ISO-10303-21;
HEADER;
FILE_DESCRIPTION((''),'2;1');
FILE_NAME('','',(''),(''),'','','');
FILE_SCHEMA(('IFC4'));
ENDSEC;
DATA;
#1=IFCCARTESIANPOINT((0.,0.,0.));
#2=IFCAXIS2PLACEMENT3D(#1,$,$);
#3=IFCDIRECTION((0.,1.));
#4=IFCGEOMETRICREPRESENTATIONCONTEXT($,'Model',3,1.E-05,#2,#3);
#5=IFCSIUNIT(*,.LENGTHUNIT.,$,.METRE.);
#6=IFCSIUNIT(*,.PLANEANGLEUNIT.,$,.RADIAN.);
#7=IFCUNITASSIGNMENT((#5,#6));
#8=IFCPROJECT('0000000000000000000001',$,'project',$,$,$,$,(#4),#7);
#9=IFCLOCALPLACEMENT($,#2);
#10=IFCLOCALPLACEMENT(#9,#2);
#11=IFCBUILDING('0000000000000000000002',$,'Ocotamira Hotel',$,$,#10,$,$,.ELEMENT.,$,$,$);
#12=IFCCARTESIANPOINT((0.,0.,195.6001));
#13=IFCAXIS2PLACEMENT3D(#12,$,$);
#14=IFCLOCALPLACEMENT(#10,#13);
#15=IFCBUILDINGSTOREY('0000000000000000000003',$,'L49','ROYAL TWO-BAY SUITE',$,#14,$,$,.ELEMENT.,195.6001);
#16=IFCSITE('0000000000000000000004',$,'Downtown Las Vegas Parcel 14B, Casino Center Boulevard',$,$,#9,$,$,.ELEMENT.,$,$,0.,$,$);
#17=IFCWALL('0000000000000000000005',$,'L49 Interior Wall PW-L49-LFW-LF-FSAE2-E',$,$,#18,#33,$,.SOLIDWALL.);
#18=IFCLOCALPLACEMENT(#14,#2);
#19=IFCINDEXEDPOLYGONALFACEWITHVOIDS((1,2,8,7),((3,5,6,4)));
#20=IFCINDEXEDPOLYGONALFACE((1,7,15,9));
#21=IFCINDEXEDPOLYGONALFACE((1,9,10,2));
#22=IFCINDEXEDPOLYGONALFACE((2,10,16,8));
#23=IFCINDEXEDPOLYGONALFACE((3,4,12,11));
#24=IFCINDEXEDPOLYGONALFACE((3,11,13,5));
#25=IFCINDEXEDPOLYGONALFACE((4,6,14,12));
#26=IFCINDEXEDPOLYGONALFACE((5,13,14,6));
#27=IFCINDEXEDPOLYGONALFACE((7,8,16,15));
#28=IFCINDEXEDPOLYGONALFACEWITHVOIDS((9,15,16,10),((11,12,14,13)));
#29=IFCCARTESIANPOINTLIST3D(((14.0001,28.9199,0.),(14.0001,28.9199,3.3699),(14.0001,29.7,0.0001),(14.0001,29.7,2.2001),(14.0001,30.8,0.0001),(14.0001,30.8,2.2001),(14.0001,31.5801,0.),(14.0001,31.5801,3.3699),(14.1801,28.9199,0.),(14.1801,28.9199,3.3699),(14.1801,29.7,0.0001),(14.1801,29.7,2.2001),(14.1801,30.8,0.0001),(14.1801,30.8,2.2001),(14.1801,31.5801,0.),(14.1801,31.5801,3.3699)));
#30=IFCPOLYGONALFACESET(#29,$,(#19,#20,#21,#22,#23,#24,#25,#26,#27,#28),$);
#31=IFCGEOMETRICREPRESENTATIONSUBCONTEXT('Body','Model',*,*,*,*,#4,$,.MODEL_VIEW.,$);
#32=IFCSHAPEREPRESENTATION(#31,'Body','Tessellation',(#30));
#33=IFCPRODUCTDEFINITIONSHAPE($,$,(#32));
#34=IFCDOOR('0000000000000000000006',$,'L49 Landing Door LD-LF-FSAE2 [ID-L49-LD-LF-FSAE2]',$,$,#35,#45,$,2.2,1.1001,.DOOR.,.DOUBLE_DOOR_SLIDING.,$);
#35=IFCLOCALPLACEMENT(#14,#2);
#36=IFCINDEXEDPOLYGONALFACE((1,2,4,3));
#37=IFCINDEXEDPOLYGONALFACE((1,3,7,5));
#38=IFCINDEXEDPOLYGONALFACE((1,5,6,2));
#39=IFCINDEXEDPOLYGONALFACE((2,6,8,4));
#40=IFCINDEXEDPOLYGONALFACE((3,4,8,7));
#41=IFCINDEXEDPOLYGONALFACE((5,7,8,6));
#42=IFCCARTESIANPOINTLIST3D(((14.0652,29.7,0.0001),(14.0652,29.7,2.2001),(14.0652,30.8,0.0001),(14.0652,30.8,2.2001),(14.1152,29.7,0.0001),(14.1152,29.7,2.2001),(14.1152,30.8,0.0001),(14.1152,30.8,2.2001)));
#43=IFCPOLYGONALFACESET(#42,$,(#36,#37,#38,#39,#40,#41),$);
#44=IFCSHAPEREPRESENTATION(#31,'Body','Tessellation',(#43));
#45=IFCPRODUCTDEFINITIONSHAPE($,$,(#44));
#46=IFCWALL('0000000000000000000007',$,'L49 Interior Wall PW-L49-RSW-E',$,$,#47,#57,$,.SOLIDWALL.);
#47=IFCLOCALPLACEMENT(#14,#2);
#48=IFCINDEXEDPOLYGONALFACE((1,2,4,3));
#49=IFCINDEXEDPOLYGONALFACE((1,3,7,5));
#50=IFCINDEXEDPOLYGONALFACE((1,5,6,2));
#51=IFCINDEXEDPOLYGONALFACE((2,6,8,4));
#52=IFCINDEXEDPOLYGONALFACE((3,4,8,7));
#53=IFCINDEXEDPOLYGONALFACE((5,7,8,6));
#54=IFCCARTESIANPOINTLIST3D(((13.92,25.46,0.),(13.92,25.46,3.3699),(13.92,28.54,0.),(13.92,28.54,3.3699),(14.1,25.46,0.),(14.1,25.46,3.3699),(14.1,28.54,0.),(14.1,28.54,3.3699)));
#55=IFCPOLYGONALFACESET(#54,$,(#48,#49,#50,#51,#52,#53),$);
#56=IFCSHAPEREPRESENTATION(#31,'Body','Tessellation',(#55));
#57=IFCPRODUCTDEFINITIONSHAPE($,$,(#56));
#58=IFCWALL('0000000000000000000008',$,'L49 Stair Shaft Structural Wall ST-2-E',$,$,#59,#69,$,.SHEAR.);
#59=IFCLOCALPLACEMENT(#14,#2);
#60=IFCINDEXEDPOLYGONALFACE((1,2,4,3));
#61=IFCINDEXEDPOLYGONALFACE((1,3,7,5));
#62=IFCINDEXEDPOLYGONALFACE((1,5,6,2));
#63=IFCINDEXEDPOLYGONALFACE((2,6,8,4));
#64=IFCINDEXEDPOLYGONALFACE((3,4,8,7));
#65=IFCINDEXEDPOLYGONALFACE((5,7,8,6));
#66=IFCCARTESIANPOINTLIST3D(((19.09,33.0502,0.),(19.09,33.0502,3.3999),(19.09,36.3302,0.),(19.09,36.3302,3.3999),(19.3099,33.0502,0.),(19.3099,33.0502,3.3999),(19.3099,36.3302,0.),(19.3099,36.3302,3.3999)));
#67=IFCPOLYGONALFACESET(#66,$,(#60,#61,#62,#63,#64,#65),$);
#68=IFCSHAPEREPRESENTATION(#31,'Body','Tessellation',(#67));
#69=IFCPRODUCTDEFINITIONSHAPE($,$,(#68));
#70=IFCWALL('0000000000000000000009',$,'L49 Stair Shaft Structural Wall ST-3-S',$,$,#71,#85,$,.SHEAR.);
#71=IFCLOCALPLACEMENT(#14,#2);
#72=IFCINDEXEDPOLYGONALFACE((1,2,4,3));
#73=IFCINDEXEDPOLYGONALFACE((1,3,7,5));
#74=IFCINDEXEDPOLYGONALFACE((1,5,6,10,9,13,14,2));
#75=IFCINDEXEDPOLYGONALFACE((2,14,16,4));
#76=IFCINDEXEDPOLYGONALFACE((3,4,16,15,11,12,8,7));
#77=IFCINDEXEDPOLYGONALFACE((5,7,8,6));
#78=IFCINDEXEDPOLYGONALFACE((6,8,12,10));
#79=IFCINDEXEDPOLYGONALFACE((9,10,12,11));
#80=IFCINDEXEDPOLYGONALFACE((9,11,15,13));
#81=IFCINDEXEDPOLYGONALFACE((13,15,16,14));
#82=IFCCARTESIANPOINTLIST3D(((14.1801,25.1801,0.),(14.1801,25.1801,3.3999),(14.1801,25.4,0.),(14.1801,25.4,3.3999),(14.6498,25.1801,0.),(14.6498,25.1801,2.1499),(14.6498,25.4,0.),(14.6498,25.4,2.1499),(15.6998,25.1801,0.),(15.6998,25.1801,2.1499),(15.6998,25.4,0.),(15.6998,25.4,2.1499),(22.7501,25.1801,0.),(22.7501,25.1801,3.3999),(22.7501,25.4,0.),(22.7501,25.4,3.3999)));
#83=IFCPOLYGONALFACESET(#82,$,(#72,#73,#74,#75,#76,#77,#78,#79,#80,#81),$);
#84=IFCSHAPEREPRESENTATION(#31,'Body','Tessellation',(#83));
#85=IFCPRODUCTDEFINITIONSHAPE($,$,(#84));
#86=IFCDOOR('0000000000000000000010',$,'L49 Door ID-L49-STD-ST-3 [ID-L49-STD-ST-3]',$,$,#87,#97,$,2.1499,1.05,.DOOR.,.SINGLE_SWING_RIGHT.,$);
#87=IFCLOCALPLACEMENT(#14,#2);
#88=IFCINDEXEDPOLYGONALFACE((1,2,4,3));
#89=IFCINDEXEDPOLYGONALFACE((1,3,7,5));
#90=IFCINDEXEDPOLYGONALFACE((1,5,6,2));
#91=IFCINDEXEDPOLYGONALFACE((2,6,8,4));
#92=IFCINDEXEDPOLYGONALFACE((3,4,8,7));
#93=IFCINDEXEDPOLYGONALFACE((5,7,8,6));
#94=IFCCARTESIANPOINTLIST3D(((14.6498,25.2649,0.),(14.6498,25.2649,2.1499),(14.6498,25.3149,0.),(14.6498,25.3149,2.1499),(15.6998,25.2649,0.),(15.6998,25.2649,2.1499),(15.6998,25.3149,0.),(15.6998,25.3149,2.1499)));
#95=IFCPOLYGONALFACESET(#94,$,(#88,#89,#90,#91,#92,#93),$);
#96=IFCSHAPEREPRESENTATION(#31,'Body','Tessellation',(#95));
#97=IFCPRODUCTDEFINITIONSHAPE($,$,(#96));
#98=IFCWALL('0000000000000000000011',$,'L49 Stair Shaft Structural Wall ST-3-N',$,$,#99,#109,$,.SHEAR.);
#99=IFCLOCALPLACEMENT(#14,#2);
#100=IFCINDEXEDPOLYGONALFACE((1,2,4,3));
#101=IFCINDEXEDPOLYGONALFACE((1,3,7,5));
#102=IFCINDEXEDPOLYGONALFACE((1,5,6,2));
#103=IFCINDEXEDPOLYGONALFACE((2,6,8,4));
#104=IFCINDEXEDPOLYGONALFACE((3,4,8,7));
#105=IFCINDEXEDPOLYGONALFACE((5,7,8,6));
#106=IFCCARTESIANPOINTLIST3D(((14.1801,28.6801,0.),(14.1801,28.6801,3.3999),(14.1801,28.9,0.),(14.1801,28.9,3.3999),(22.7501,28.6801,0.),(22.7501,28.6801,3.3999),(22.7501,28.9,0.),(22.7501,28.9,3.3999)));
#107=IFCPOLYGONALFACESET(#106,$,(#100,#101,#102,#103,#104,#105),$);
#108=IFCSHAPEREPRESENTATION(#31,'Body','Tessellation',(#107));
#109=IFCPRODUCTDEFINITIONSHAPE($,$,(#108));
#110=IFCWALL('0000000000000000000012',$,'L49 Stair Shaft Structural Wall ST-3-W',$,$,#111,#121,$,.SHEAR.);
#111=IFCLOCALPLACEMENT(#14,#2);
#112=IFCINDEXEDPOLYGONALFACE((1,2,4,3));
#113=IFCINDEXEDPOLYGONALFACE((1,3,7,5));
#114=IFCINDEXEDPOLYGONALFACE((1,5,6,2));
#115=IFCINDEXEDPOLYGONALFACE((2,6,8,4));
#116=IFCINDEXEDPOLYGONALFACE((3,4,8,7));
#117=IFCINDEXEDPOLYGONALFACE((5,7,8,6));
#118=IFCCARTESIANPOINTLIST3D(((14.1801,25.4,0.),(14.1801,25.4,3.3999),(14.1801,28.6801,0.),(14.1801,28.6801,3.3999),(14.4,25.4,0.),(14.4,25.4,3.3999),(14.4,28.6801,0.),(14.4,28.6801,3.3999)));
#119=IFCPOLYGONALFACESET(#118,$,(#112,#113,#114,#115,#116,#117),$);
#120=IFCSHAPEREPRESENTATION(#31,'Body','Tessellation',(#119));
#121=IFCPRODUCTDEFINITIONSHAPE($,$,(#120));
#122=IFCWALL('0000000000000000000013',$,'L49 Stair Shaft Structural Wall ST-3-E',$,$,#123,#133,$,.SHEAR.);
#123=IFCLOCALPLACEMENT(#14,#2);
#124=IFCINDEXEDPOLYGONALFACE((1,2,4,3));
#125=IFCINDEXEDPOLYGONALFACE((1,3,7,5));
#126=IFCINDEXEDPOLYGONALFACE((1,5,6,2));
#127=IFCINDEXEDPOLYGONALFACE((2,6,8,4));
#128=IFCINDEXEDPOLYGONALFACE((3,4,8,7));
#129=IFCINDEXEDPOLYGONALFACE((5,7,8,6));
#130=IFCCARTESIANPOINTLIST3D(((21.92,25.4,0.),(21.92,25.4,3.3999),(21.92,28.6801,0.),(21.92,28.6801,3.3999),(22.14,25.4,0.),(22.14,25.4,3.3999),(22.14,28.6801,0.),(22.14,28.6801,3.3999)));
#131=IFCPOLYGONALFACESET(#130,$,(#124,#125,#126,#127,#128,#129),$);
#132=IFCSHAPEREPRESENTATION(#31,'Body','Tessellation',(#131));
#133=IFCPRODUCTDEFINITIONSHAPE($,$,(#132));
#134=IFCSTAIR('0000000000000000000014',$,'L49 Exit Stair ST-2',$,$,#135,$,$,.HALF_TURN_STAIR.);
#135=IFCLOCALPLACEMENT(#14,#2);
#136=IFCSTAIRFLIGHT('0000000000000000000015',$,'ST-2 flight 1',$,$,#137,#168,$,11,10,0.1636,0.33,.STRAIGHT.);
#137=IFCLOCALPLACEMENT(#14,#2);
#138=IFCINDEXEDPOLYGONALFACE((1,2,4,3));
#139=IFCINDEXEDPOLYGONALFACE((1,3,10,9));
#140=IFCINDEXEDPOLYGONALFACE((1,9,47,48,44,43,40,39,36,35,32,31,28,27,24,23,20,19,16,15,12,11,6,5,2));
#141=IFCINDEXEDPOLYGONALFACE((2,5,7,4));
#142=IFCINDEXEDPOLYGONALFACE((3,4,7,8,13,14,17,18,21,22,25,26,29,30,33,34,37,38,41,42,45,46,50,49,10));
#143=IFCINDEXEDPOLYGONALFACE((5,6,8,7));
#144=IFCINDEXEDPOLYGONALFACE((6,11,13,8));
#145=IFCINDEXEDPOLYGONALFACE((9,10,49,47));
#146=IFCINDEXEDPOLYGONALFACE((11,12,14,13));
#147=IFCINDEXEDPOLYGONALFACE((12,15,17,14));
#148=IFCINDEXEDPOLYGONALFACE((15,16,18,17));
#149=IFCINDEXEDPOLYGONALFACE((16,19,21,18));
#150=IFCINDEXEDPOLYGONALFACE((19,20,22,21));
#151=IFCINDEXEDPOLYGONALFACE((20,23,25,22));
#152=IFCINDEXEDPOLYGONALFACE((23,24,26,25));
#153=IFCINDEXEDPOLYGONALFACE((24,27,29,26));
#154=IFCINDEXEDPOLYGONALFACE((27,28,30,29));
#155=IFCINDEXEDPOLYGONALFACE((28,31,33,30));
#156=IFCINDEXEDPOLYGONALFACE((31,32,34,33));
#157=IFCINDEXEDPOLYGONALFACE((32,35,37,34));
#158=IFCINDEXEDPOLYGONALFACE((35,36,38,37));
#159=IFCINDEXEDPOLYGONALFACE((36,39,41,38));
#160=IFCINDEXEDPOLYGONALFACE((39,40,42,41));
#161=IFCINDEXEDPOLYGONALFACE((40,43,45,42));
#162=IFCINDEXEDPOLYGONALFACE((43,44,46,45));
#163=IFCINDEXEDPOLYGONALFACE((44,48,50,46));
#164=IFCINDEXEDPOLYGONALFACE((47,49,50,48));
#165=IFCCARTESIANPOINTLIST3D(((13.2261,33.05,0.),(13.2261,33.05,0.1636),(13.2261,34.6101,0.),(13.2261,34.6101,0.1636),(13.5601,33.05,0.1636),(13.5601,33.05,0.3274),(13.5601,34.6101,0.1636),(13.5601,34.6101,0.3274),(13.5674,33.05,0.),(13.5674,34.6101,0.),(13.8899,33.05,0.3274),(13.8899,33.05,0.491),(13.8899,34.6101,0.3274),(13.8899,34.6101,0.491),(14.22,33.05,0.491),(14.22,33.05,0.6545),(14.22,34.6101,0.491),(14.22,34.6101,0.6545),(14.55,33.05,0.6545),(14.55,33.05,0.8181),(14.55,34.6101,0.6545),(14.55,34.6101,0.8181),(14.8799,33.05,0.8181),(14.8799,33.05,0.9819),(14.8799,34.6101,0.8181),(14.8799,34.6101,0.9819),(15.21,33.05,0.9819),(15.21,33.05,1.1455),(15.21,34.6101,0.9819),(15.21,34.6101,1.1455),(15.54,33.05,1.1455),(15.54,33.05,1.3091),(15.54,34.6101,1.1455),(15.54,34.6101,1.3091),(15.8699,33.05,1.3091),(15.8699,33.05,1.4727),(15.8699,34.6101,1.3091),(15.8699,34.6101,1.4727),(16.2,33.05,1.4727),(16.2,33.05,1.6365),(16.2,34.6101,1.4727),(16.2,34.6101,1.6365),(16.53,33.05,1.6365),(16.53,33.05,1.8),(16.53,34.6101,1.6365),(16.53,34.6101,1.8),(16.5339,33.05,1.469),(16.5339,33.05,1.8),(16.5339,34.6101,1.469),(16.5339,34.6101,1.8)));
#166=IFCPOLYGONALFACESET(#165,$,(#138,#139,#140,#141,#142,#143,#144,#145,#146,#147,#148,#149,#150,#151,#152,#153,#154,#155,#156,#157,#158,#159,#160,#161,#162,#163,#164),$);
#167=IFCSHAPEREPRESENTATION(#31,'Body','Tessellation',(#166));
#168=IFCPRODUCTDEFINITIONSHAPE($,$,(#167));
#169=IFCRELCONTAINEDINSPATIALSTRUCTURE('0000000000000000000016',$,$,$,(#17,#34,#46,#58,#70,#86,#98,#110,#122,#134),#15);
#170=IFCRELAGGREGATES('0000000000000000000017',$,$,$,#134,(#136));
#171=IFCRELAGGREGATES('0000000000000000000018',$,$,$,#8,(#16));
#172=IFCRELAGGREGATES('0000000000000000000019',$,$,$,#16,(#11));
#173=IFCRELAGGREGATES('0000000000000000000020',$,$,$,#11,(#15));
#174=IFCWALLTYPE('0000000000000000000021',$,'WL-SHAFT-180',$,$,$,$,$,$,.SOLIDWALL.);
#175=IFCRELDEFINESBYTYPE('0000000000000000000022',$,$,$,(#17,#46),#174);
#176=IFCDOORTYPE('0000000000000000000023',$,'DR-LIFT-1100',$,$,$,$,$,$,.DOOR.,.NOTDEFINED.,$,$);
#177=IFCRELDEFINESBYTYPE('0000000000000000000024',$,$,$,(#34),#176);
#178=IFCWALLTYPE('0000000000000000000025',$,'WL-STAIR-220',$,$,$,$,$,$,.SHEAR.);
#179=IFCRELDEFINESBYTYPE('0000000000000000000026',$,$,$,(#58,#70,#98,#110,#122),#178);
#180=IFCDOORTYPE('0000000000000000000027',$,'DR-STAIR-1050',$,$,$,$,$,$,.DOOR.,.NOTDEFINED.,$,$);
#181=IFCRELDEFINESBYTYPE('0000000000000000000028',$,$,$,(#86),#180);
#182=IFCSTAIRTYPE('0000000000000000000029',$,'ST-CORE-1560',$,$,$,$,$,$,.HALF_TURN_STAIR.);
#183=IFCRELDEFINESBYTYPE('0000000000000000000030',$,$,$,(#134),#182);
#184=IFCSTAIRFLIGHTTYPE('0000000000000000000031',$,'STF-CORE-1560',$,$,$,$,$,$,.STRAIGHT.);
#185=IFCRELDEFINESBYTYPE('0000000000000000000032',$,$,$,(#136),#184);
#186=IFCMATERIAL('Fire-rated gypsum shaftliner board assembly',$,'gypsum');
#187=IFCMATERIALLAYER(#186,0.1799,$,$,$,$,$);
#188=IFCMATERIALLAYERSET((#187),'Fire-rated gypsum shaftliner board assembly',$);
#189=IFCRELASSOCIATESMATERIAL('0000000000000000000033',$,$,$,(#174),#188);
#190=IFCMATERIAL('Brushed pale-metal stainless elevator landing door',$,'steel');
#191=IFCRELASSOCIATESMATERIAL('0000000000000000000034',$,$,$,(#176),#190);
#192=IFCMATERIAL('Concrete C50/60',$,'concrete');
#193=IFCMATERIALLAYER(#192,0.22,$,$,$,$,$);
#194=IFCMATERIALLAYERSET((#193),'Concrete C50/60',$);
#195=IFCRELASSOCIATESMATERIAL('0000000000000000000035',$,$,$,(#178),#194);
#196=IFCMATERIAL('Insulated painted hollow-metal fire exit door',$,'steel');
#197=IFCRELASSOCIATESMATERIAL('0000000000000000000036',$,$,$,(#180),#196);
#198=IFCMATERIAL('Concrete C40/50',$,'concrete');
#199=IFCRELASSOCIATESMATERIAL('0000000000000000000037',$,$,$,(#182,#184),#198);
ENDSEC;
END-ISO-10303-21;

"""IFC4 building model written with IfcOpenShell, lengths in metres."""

from ifc_helpers import new_model, si_unit, direction, frame, frame_2d, origin, place, context, subcontext, project, spatial, polyline, rectangle, outline, extrude, source, transform, mapped, material, layer, layer_set, type_object, element, fill, aggregate, save


model = new_model("IFC4")

# Units and contexts
model_context = context("Model", 3, precision=1e-05, world=origin(), true_north=direction((0.0, 1.0)))
body_context = subcontext(model_context, "Body", "Model", "MODEL_VIEW")
ifc_project = project(units=[si_unit("LENGTHUNIT", "METRE"), si_unit("PLANEANGLEUNIT", "RADIAN")], contexts=[model_context])

# Site, building, storey
site_placement = place(None, origin())
site = spatial("IfcSite", under=ifc_project, at=site_placement, Name="Downtown Las Vegas Parcel 14B, Casino Center Boulevard", CompositionType="ELEMENT", RefElevation=0.0)
building_placement = place(site_placement, origin())
building = spatial("IfcBuilding", under=site, at=building_placement, Name="Ocotamira Hotel", CompositionType="ELEMENT")
storey_placement = place(building_placement, frame((0.0, 0.0, 195.6001)))
storey = spatial("IfcBuildingStorey", under=building, at=storey_placement, Name="L49", Description="ROYAL TWO-BAY SUITE", CompositionType="ELEMENT", Elevation=195.6001)

# Shared definitions
ifc_material_1 = material(Name="Fire-rated gypsum shaftliner board assembly", Category="gypsum")
ifc_layer_1 = layer(ifc_material_1, 0.1799)
ifc_layer_set_1 = layer_set([ifc_layer_1], Name="Fire-rated gypsum shaftliner board assembly")
wall_type_1 = type_object("IfcWallType", Name="WL-SHAFT-180", PredefinedType="SOLIDWALL", material=ifc_layer_set_1)

# Wall, opening, door
wall_1_placement = place(storey_placement, frame((14.0901, 28.9199, 0.0), z_axis=(0.0, 0.0, 1.0), x_axis=(0.0, 1.0, 0.0)))
wall_1 = element("IfcWall", 1, at=wall_1_placement, inside=storey, type_object=wall_type_1, Name="L49 Interior Wall PW-L49-LFW-LF-FSAE2-E", PredefinedType="SOLIDWALL", context=body_context, shape_type="SweptSolid", body=[
    extrude(rectangle(XDim=2.6602, YDim=0.1799, at=frame_2d((1.3301, 0.0))), origin(), (0.0, 0.0, 1.0), 3.3699),
])
opening_1_placement = place(wall_1_placement, frame((0.78, 0.0, 0.0)))
opening_1 = element("IfcOpeningElement", 2, at=opening_1_placement, cuts=wall_1, PredefinedType="OPENING", context=body_context, shape_type="SweptSolid", body=[
    extrude(rectangle(XDim=1.1001, YDim=2.2, at=frame_2d((0.55, 1.1001))), frame((0.0, 0.1001, 0.0), z_axis=(0.0, -1.0, 0.0), x_axis=(1.0, 0.0, 0.0)), (0.0, 0.0, 1.0), 0.2),
])
ifc_material_2 = material(Name="Brushed pale-metal stainless elevator landing door", Category="steel")
door_type_1 = type_object("IfcDoorType", Name="DR-LIFT-1100", OperationType="NOTDEFINED", PredefinedType="DOOR", material=ifc_material_2)
shared_shape_1 = source(origin(), body_context, "Body", "SweptSolid", [
    extrude(rectangle(XDim=1.1001, YDim=2.2, at=frame_2d((0.55, 1.1001))), frame((0.0, 0.0249, 0.0), z_axis=(0.0, -1.0, 0.0), x_axis=(1.0, 0.0, 0.0)), (0.0, 0.0, 1.0), 0.05),
])
door_1_placement = place(opening_1_placement, origin())
door_1 = element("IfcDoor", 3, at=door_1_placement, inside=storey, type_object=door_type_1, Name="L49 Landing Door LD-LF-FSAE2 [ID-L49-LD-LF-FSAE2]", OperationType="DOUBLE_DOOR_SLIDING", OverallHeight=2.2, OverallWidth=1.1001, PredefinedType="DOOR", context=body_context, shape_type="MappedRepresentation", body=[
    mapped(shared_shape_1, transform((0.0, 0.0, 0.0), scale=1.0)),
])
fill(opening_1, door_1)

# Walls
wall_2_placement = place(storey_placement, frame((14.01, 25.46, 0.0), z_axis=(0.0, 0.0, 1.0), x_axis=(0.0, 1.0, 0.0)))
element("IfcWall", 4, at=wall_2_placement, inside=storey, type_object=wall_type_1, Name="L49 Interior Wall PW-L49-RSW-E", PredefinedType="SOLIDWALL", context=body_context, shape_type="SweptSolid", body=[
    extrude(rectangle(XDim=3.0801, YDim=0.1799, at=frame_2d((1.54, 0.0))), origin(), (0.0, 0.0, 1.0), 3.3699),
])
ifc_material_3 = material(Name="Concrete C50/60", Category="concrete")
ifc_layer_2 = layer(ifc_material_3, 0.22)
ifc_layer_set_2 = layer_set([ifc_layer_2], Name="Concrete C50/60")
wall_type_2 = type_object("IfcWallType", Name="WL-STAIR-220", PredefinedType="SHEAR", material=ifc_layer_set_2)
wall_3_placement = place(storey_placement, frame((19.2, 33.05, 0.0), z_axis=(0.0, 0.0, 1.0), x_axis=(0.0, 1.0, 0.0)))
element("IfcWall", 5, at=wall_3_placement, inside=storey, type_object=wall_type_2, Name="L49 Stair Shaft Structural Wall ST-2-E", PredefinedType="SHEAR", context=body_context, shape_type="SweptSolid", body=[
    extrude(rectangle(XDim=3.28, YDim=0.22, at=frame_2d((1.6401, 0.0))), origin(), (0.0, 0.0, 1.0), 3.3999),
])

# Wall, opening, door
wall_4_placement = place(storey_placement, frame((14.1799, 25.29, 0.0), z_axis=(0.0, 0.0, 1.0), x_axis=(1.0, 0.0, 0.0)))
wall_4 = element("IfcWall", 6, at=wall_4_placement, inside=storey, type_object=wall_type_2, Name="L49 Stair Shaft Structural Wall ST-3-S", PredefinedType="SHEAR", context=body_context, shape_type="SweptSolid", body=[
    extrude(rectangle(XDim=8.5701, YDim=0.22, at=frame_2d((4.2852, 0.0))), origin(), (0.0, 0.0, 1.0), 3.3999),
])
opening_2_placement = place(wall_4_placement, frame((0.47, 0.0, 0.0)))
opening_2 = element("IfcOpeningElement", 7, at=opening_2_placement, cuts=wall_4, PredefinedType="OPENING", context=body_context, shape_type="SweptSolid", body=[
    extrude(rectangle(XDim=1.05, YDim=2.1499, at=frame_2d((0.5249, 1.075))), frame((0.0, 0.1201, 0.0), z_axis=(0.0, -1.0, 0.0), x_axis=(1.0, 0.0, 0.0)), (0.0, 0.0, 1.0), 0.24),
])
ifc_material_4 = material(Name="Insulated painted hollow-metal fire exit door", Category="steel")
door_type_2 = type_object("IfcDoorType", Name="DR-STAIR-1050", OperationType="NOTDEFINED", PredefinedType="DOOR", material=ifc_material_4)
shared_shape_2 = source(origin(), body_context, "Body", "SweptSolid", [
    extrude(rectangle(XDim=1.05, YDim=2.1499, at=frame_2d((0.5249, 1.075))), frame((0.0, 0.0249, 0.0), z_axis=(0.0, -1.0, 0.0), x_axis=(1.0, 0.0, 0.0)), (0.0, 0.0, 1.0), 0.05),
])
door_2_placement = place(opening_2_placement, origin())
door_2 = element("IfcDoor", 8, at=door_2_placement, inside=storey, type_object=door_type_2, Name="L49 Door ID-L49-STD-ST-3 [ID-L49-STD-ST-3]", OperationType="SINGLE_SWING_RIGHT", OverallHeight=2.1499, OverallWidth=1.05, PredefinedType="DOOR", context=body_context, shape_type="MappedRepresentation", body=[
    mapped(shared_shape_2, transform((0.0, 0.0, 0.0), scale=1.0)),
])
fill(opening_2, door_2)

# Walls
wall_5_placement = place(storey_placement, frame((14.1799, 28.79, 0.0), z_axis=(0.0, 0.0, 1.0), x_axis=(1.0, 0.0, 0.0)))
element("IfcWall", 9, at=wall_5_placement, inside=storey, type_object=wall_type_2, Name="L49 Stair Shaft Structural Wall ST-3-N", PredefinedType="SHEAR", context=body_context, shape_type="SweptSolid", body=[
    extrude(rectangle(XDim=8.5701, YDim=0.22, at=frame_2d((4.2852, 0.0))), origin(), (0.0, 0.0, 1.0), 3.3999),
])
for number, where, z_axis, x_axis, name in (
    (10, (14.29, 25.3999, 0.0), (0.0, 0.0, 1.0), (0.0, 1.0, 0.0), "L49 Stair Shaft Structural Wall ST-3-W"),
    (11, (22.03, 25.3999, 0.0), (0.0, 0.0, 1.0), (0.0, 1.0, 0.0), "L49 Stair Shaft Structural Wall ST-3-E"),
):
    element("IfcWall", number, at=place(storey_placement, frame(where, z_axis=z_axis, x_axis=x_axis)), inside=storey, type_object=wall_type_2, Name=name, PredefinedType="SHEAR", context=body_context, shape_type="SweptSolid", body=[
        extrude(rectangle(XDim=3.28, YDim=0.22, at=frame_2d((1.6401, 0.0))), origin(), (0.0, 0.0, 1.0), 3.3999),
    ])

# Stair, stair flight
ifc_material_5 = material(Name="Concrete C40/50", Category="concrete")
stair_type = type_object("IfcStairType", Name="ST-CORE-1560", PredefinedType="HALF_TURN_STAIR", material=ifc_material_5)
stair_1_placement = place(storey_placement, origin())
stair_1 = element("IfcStair", 12, at=stair_1_placement, inside=storey, type_object=stair_type, Name="L49 Exit Stair ST-2", PredefinedType="HALF_TURN_STAIR")
stair_flight_type = type_object("IfcStairFlightType", Name="STF-CORE-1560", PredefinedType="STRAIGHT", material=ifc_material_5)
shared_shape_3 = source(origin(), body_context, "Body", "SweptSolid", [
    extrude(outline(polyline([(-0.0039, 0.0), (-0.0039, 0.1636), (0.3301, 0.1636), (0.3301, 0.3274), (0.6599, 0.3274), (0.6599, 0.491), (0.99, 0.491), (0.99, 0.6545), (1.3201, 0.6545), (1.3201, 0.8181), (1.6499, 0.8181), (1.6499, 0.9819), (1.98, 0.9819), (1.98, 1.1455), (2.3101, 1.1455), (2.3101, 1.3091), (2.6399, 1.3091), (2.6399, 1.4727), (2.97, 1.4727), (2.97, 1.6365), (3.3, 1.6365), (3.3, 1.8), (3.304, 1.8), (3.304, 1.469), (0.3374, 0.0), (-0.0039, 0.0)])), frame((0.0, 0.78, 0.0), z_axis=(0.0, -1.0, 0.0), x_axis=(1.0, 0.0, 0.0)), (0.0, 0.0, 1.0), 1.5601),
])
stair_flight_1_placement = place(storey_placement, frame((13.23, 33.8301, 0.0), z_axis=(0.0, 0.0, 1.0), x_axis=(1.0, 0.0, 0.0)))
stair_flight_1 = element("IfcStairFlight", 13, at=stair_flight_1_placement, type_object=stair_flight_type, Name="ST-2 flight 1", NumberOfRisers=11, NumberOfTreads=10, PredefinedType="STRAIGHT", RiserHeight=0.1636, TreadLength=0.33, context=body_context, shape_type="MappedRepresentation", body=[
    mapped(shared_shape_3, transform((0.0, 0.0, 0.0), scale=1.0)),
])
aggregate(stair_1, [stair_flight_1])

save(model, "model.ifc")
